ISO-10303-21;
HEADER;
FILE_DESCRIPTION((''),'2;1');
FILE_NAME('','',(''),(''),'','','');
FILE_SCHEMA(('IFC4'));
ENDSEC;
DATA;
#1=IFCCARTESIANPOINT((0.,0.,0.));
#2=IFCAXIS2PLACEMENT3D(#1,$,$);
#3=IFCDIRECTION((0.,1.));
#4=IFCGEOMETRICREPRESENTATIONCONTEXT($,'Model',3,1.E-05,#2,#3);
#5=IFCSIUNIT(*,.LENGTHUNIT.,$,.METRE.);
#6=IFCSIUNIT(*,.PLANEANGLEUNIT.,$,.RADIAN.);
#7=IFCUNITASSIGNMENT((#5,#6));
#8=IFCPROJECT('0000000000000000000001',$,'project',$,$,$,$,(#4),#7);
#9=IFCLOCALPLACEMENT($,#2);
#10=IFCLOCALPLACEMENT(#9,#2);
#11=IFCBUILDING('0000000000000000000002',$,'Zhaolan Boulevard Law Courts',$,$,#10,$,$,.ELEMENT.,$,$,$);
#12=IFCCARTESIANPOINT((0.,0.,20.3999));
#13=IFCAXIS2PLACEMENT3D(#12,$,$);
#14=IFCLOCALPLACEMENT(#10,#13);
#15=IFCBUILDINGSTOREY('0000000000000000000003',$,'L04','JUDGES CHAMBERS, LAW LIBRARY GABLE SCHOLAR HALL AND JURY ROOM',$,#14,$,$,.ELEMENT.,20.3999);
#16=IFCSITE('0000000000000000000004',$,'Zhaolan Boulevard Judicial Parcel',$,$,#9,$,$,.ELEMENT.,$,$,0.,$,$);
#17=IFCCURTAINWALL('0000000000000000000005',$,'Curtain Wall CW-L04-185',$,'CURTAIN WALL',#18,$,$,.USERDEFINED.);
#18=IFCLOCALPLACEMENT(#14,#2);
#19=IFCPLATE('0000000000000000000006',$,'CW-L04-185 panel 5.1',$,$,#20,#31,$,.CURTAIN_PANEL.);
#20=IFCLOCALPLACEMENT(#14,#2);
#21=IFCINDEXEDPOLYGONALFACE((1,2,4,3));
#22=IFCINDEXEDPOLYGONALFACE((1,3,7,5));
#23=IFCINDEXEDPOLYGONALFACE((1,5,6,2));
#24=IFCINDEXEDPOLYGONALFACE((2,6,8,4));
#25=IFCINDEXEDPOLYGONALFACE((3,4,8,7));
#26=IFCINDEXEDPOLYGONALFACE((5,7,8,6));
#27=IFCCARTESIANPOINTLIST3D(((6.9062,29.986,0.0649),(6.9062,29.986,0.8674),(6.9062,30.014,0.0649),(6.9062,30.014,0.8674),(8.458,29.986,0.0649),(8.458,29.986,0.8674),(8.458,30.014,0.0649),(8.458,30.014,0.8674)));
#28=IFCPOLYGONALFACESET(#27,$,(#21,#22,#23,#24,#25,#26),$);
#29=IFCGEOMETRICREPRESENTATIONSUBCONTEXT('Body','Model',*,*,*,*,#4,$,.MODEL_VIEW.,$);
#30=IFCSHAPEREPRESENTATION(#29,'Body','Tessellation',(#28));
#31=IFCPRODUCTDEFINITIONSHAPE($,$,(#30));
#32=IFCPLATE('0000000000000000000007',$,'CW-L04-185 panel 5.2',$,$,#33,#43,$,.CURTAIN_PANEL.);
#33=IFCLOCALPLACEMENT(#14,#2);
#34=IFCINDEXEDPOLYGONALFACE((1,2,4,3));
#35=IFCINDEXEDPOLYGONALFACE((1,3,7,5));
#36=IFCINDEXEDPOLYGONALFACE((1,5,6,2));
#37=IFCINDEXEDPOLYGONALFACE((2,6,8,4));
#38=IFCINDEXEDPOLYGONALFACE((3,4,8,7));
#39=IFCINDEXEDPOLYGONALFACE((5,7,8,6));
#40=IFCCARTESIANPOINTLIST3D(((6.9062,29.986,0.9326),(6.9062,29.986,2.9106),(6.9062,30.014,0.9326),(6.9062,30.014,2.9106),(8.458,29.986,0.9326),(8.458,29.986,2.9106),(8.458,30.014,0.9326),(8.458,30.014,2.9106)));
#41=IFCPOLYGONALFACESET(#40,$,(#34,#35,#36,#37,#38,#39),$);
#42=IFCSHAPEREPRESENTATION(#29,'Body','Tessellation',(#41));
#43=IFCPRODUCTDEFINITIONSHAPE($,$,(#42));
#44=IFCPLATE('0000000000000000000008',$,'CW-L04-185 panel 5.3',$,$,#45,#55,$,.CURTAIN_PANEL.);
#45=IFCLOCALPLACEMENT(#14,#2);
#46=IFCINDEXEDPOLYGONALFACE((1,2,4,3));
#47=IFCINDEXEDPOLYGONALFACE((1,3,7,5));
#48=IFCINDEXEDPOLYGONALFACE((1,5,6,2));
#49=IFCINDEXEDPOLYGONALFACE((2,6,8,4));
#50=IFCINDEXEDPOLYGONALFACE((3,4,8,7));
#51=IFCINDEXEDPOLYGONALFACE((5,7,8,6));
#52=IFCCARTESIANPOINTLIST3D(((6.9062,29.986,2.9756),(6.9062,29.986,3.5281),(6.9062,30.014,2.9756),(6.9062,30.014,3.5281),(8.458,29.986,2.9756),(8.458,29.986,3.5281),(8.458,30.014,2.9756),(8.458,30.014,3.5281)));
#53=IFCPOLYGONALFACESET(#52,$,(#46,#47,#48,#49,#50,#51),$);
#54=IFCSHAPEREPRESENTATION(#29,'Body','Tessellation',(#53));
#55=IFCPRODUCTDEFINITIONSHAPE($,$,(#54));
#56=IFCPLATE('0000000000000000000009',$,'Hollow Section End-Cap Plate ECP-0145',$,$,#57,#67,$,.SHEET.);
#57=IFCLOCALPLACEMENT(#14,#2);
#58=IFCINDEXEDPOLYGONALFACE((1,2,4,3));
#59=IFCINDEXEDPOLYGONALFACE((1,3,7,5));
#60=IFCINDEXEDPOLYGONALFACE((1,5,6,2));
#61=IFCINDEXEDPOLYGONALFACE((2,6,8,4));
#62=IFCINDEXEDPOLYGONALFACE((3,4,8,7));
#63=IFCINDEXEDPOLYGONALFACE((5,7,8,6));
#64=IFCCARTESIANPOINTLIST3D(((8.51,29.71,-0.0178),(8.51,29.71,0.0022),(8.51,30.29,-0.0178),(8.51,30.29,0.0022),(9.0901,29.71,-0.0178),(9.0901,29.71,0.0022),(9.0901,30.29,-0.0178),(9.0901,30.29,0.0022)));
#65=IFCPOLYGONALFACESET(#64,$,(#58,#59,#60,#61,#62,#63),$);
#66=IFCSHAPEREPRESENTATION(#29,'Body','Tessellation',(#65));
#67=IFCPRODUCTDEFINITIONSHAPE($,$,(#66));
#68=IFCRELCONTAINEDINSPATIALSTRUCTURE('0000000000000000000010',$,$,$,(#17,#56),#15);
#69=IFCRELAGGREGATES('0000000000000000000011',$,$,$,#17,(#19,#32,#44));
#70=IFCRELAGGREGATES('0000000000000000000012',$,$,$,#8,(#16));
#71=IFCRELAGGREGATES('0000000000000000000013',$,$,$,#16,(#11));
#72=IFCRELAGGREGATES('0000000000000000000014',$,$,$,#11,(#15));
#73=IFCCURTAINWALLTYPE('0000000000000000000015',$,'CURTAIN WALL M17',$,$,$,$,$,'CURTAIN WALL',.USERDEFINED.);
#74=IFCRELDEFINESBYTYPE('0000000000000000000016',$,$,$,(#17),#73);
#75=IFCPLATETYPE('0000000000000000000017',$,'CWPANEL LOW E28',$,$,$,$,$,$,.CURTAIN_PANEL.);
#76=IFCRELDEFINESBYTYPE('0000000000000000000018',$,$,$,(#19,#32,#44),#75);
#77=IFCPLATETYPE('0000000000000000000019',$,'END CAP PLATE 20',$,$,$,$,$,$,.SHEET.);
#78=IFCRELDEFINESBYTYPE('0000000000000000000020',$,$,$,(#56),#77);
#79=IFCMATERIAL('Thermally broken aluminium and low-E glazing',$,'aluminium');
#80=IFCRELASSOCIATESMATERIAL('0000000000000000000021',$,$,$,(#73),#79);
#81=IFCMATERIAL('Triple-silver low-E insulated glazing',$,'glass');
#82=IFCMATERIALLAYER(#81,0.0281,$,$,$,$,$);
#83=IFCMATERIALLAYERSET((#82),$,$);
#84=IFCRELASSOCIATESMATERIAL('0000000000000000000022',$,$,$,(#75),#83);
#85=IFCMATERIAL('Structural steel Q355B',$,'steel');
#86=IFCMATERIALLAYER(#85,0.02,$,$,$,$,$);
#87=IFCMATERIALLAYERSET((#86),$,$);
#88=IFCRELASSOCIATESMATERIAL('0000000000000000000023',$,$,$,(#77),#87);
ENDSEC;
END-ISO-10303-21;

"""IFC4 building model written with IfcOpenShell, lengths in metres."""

from ifc_helpers import new_model, si_unit, direction, frame, origin, origin_2d, place, context, subcontext, project, spatial, rectangle, extrude, material, layer, layer_set, type_object, element, aggregate, save


model = new_model("IFC4")

# Units and contexts
model_context = context("Model", 3, precision=1e-05, world=origin(), true_north=direction((0.0, 1.0)))
body_context = subcontext(model_context, "Body", "Model", "MODEL_VIEW")
ifc_project = project(units=[si_unit("LENGTHUNIT", "METRE"), si_unit("PLANEANGLEUNIT", "RADIAN")], contexts=[model_context])

# Site, building, storey
site_placement = place(None, origin())
site = spatial("IfcSite", under=ifc_project, at=site_placement, Name="Zhaolan Boulevard Judicial Parcel", CompositionType="ELEMENT", RefElevation=0.0)
building_placement = place(site_placement, origin())
building = spatial("IfcBuilding", under=site, at=building_placement, Name="Zhaolan Boulevard Law Courts", CompositionType="ELEMENT")
storey_placement = place(building_placement, frame((0.0, 0.0, 20.3999)))
storey = spatial("IfcBuildingStorey", under=building, at=storey_placement, Name="L04", Description="JUDGES CHAMBERS, LAW LIBRARY GABLE SCHOLAR HALL AND JURY ROOM", CompositionType="ELEMENT", Elevation=20.3999)

# Curtain wall, plates
ifc_material_1 = material(Name="Thermally broken aluminium and low-E glazing", Category="aluminium")
curtain_wall_type = type_object("IfcCurtainWallType", Name="CURTAIN WALL M17", ElementType="CURTAIN WALL", PredefinedType="USERDEFINED", material=ifc_material_1)
curtain_wall_placement = place(storey_placement, origin())
curtain_wall = element("IfcCurtainWall", 1, at=curtain_wall_placement, inside=storey, type_object=curtain_wall_type, Name="Curtain Wall CW-L04-185", ObjectType="CURTAIN WALL", PredefinedType="USERDEFINED")
ifc_material_2 = material(Name="Triple-silver low-E insulated glazing", Category="glass")
ifc_layer_1 = layer(ifc_material_2, 0.0281)
ifc_layer_set_1 = layer_set([ifc_layer_1])
plate_type_1 = type_object("IfcPlateType", Name="CWPANEL LOW E28", PredefinedType="CURTAIN_PANEL", material=ifc_layer_set_1)
plate_1_placement = place(storey_placement, frame((7.6821, 30.0, 0.0649), z_axis=(0.0, 0.0, 1.0), x_axis=(1.0, 0.0, 0.0)))
plate_1 = element("IfcPlate", 2, at=plate_1_placement, type_object=plate_type_1, Name="CW-L04-185 panel 5.1", PredefinedType="CURTAIN_PANEL", context=body_context, shape_type="SweptSolid", body=[
    extrude(rectangle(XDim=1.5518, YDim=0.0281, at=origin_2d()), origin(), (0.0, 0.0, 1.0), 0.8025),
])
plate_2_placement = place(storey_placement, frame((7.6821, 30.0, 0.9326), z_axis=(0.0, 0.0, 1.0), x_axis=(1.0, 0.0, 0.0)))
plate_2 = element("IfcPlate", 3, at=plate_2_placement, type_object=plate_type_1, Name="CW-L04-185 panel 5.2", PredefinedType="CURTAIN_PANEL", context=body_context, shape_type="SweptSolid", body=[
    extrude(rectangle(XDim=1.5518, YDim=0.0281, at=origin_2d()), origin(), (0.0, 0.0, 1.0), 1.978),
])
plate_3_placement = place(storey_placement, frame((7.6821, 30.0, 2.9756), z_axis=(0.0, 0.0, 1.0), x_axis=(1.0, 0.0, 0.0)))
plate_3 = element("IfcPlate", 4, at=plate_3_placement, type_object=plate_type_1, Name="CW-L04-185 panel 5.3", PredefinedType="CURTAIN_PANEL", context=body_context, shape_type="SweptSolid", body=[
    extrude(rectangle(XDim=1.5518, YDim=0.0281, at=origin_2d()), origin(), (0.0, 0.0, 1.0), 0.5525),
])
aggregate(curtain_wall, [plate_1, plate_2, plate_3])

# Plate
ifc_material_3 = material(Name="Structural steel Q355B", Category="steel")
ifc_layer_2 = layer(ifc_material_3, 0.02)
ifc_layer_set_2 = layer_set([ifc_layer_2])
plate_type_2 = type_object("IfcPlateType", Name="END CAP PLATE 20", PredefinedType="SHEET", material=ifc_layer_set_2)
plate_4_placement = place(storey_placement, frame((8.8, 30.0, -0.0178), z_axis=(0.0, 0.0, 1.0), x_axis=(1.0, 0.0, 0.0)))
element("IfcPlate", 5, at=plate_4_placement, inside=storey, type_object=plate_type_2, Name="Hollow Section End-Cap Plate ECP-0145", PredefinedType="SHEET", context=body_context, shape_type="SweptSolid", body=[
    extrude(rectangle(XDim=0.5801, YDim=0.5801, at=origin_2d()), origin(), (0.0, 0.0, 1.0), 0.02),
])

save(model, "model.ifc")
